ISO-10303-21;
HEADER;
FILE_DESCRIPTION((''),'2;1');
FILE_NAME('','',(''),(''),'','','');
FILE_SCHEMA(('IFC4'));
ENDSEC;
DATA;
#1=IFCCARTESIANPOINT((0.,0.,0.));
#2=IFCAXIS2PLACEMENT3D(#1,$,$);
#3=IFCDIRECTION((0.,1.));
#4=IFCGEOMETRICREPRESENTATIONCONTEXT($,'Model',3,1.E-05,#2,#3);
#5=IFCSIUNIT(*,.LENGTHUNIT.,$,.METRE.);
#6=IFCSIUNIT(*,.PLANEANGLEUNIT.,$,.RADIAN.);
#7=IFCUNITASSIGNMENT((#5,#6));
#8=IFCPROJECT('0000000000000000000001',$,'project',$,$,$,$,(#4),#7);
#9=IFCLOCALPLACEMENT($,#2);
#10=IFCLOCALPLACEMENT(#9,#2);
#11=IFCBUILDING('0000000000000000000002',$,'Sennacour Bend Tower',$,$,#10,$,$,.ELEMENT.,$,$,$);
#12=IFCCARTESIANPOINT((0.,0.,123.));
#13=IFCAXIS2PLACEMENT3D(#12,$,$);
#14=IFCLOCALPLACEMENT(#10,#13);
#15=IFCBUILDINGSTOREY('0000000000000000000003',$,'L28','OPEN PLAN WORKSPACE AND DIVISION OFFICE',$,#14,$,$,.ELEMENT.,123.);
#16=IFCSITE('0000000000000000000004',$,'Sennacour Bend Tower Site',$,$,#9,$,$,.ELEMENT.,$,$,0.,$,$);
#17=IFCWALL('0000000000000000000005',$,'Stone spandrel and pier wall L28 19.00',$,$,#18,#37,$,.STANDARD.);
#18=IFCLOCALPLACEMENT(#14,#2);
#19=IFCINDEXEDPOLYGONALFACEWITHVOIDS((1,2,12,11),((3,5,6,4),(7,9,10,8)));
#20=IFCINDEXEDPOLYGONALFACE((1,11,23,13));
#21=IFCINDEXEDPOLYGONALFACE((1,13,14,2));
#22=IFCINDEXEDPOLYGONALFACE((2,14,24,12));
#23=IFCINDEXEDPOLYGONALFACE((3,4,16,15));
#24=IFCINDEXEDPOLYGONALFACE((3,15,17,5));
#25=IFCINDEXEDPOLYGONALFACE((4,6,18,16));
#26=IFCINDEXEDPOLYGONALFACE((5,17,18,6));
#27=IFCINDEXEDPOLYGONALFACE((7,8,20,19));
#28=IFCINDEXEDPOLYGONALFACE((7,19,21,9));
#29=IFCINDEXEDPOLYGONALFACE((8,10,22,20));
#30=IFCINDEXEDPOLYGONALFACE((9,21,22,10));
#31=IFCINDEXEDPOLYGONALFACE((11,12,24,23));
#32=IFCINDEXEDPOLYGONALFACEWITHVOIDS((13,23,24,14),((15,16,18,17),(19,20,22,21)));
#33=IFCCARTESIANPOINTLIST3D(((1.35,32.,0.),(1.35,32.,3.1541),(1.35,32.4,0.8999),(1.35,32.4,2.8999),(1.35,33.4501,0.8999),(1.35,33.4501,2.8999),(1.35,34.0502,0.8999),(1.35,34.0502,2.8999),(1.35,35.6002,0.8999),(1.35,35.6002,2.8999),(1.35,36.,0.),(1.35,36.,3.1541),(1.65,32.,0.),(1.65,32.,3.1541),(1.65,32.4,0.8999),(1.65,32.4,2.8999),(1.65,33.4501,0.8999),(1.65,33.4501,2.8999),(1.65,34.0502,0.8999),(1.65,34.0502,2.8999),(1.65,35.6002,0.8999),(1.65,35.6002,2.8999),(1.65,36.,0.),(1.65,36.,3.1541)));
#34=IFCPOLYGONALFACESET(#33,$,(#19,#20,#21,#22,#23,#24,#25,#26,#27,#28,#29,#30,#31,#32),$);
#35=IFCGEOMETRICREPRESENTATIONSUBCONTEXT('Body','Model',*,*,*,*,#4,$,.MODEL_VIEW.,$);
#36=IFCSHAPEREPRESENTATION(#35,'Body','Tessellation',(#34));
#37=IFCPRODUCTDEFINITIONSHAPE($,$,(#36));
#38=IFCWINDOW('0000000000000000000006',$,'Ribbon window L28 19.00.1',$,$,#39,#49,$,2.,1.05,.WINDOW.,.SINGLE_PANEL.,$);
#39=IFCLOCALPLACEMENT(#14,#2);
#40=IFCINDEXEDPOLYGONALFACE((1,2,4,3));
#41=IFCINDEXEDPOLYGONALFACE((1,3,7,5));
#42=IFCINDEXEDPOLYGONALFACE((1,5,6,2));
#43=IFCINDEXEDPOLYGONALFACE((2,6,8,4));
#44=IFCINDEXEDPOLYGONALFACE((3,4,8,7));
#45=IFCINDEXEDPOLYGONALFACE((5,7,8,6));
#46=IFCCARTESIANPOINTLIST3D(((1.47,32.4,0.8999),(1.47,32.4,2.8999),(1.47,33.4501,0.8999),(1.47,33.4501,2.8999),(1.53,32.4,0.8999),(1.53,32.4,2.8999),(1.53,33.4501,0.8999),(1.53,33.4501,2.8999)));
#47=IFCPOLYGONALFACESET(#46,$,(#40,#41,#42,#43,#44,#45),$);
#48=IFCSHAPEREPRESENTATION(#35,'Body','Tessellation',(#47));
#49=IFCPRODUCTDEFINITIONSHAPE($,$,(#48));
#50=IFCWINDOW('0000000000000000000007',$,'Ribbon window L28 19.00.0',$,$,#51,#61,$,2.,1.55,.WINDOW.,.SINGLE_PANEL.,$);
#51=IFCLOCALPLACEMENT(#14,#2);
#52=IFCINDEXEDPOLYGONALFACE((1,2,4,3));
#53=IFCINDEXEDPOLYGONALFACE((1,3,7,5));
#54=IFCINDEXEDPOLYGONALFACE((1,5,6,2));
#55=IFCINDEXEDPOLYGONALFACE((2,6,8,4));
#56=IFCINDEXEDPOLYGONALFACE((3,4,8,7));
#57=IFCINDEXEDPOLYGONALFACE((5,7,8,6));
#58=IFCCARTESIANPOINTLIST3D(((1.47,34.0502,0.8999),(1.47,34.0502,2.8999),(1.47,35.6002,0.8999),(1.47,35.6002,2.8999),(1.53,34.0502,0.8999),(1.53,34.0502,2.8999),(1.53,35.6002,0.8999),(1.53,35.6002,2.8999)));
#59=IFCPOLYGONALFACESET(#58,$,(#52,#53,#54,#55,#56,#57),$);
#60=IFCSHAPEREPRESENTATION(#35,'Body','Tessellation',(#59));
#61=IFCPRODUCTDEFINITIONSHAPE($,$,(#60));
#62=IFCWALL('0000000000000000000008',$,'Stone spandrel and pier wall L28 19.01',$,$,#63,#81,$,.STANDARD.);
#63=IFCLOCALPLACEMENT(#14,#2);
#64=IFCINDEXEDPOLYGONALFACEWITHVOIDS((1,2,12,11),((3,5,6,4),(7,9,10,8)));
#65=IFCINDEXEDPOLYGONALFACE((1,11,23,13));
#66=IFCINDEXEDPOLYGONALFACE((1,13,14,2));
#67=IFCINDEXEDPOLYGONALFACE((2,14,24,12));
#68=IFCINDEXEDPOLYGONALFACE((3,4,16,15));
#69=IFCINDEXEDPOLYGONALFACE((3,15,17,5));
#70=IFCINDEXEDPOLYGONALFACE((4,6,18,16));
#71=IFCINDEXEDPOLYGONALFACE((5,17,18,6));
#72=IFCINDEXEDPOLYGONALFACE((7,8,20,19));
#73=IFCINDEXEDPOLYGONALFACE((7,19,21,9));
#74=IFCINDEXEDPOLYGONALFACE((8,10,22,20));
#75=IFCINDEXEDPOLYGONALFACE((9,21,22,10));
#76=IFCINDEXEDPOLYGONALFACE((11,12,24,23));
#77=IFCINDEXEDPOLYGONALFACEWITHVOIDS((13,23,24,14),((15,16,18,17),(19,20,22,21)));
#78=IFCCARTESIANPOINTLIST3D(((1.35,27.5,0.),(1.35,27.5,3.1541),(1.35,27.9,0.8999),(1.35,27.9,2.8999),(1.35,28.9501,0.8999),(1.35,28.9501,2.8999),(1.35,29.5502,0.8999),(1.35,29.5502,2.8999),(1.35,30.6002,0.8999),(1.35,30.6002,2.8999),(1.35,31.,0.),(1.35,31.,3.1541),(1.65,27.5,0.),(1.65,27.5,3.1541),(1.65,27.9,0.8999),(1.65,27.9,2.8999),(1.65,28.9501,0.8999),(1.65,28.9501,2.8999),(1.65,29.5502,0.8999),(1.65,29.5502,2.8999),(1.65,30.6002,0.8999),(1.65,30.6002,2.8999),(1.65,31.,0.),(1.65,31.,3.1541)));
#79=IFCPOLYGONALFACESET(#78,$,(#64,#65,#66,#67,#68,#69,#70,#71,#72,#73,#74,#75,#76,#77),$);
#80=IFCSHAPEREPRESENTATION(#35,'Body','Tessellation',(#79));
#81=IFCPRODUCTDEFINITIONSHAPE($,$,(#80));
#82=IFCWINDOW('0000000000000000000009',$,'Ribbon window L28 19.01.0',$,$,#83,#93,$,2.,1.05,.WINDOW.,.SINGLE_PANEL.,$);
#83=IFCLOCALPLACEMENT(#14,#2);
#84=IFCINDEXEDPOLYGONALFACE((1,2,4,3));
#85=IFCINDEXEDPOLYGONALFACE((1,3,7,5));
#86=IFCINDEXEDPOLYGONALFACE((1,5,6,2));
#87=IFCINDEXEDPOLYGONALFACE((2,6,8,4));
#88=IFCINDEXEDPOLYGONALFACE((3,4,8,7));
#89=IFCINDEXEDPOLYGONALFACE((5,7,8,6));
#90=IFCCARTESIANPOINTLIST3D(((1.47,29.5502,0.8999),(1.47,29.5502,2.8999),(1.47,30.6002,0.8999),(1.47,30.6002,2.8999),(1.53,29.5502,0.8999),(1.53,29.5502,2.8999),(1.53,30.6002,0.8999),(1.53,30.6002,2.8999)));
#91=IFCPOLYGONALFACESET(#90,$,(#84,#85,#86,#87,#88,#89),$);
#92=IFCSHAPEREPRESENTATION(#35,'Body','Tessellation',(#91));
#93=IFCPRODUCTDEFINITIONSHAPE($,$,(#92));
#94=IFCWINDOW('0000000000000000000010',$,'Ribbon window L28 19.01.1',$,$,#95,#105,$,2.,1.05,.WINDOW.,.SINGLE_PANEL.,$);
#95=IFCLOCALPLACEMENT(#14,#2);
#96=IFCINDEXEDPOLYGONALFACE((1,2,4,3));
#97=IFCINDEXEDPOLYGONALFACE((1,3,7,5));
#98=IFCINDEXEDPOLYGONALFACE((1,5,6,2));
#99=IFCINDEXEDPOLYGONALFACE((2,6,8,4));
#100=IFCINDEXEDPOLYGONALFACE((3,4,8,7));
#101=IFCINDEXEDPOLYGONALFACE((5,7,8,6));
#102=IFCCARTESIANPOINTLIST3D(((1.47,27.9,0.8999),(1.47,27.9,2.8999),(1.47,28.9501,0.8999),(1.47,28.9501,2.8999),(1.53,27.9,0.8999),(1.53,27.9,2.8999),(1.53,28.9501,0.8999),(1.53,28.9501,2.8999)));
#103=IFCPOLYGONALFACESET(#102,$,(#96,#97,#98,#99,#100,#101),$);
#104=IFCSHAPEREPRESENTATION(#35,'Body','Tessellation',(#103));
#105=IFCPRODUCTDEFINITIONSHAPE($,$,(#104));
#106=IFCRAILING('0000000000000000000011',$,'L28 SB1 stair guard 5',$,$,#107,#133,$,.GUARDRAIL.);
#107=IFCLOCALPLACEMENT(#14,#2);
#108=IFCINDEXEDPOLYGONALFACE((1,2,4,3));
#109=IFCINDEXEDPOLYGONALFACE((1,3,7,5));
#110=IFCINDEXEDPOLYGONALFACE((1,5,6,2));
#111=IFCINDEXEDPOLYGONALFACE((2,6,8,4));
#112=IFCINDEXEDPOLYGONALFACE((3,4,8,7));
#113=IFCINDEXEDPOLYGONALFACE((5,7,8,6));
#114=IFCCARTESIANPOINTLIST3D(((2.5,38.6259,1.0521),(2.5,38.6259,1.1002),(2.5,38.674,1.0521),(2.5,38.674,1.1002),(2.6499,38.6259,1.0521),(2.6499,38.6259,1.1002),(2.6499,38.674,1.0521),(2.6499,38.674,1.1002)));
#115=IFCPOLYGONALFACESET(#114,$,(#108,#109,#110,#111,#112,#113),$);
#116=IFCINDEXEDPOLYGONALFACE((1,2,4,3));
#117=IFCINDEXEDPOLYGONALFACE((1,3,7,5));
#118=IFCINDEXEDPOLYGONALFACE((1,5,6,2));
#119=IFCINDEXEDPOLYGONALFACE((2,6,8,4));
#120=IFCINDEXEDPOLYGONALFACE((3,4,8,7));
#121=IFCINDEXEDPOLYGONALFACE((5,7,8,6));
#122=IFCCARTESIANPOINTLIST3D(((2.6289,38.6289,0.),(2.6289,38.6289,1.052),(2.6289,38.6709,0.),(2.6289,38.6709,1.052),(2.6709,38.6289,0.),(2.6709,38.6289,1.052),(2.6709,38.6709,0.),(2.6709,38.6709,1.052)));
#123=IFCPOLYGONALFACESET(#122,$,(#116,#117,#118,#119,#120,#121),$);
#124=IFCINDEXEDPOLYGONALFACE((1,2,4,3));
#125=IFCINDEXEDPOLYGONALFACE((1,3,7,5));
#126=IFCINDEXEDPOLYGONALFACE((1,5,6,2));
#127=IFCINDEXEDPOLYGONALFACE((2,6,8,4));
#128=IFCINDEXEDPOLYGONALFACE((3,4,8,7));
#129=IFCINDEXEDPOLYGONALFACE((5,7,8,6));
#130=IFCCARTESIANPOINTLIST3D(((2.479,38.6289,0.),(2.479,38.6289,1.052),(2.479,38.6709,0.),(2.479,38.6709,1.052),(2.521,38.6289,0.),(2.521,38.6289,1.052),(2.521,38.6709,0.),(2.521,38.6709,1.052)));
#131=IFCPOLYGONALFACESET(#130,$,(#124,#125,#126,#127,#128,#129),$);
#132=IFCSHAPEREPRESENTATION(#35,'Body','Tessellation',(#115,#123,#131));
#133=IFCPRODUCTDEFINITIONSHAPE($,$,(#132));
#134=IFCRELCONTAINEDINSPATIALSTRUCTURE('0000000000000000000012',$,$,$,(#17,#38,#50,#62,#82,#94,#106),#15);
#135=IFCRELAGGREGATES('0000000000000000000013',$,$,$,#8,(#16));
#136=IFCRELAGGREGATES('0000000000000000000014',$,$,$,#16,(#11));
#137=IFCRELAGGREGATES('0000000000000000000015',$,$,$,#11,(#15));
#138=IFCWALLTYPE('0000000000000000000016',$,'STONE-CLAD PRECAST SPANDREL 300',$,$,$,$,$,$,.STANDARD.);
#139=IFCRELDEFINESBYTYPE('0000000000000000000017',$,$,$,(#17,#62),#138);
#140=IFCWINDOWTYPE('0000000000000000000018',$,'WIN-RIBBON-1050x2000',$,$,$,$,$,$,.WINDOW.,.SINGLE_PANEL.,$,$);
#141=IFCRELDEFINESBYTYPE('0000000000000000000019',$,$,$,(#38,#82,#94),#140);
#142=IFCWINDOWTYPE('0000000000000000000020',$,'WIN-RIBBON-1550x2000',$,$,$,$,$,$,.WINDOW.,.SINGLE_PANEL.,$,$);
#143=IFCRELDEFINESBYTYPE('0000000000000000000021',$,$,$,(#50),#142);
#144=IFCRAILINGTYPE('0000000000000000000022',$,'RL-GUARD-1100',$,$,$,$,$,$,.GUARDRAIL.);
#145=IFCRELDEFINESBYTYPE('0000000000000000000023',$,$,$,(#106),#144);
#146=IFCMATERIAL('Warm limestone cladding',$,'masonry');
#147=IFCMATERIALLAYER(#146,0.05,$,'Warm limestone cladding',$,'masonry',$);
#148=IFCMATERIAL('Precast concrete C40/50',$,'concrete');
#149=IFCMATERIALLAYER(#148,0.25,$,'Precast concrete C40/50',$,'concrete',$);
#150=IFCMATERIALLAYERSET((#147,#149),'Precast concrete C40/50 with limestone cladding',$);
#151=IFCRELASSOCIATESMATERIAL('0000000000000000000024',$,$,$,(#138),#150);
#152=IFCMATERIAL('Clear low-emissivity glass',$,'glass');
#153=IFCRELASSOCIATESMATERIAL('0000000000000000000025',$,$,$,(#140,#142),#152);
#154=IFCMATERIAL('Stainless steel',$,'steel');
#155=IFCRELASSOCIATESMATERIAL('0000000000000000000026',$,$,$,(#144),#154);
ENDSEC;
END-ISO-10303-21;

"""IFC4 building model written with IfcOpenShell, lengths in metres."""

from ifc_helpers import new_model, si_unit, direction, frame, frame_2d, origin, origin_2d, place, context, subcontext, project, spatial, rectangle, extrude, material, layer, layer_set, type_object, element, fill, save


model = new_model("IFC4")

# Units and contexts
model_context = context("Model", 3, precision=1e-05, world=origin(), true_north=direction((0.0, 1.0)))
body_context = subcontext(model_context, "Body", "Model", "MODEL_VIEW")
ifc_project = project(units=[si_unit("LENGTHUNIT", "METRE"), si_unit("PLANEANGLEUNIT", "RADIAN")], contexts=[model_context])

# Site, building, storey
site_placement = place(None, origin())
site = spatial("IfcSite", under=ifc_project, at=site_placement, Name="Sennacour Bend Tower Site", CompositionType="ELEMENT", RefElevation=0.0)
building_placement = place(site_placement, origin())
building = spatial("IfcBuilding", under=site, at=building_placement, Name="Sennacour Bend Tower", CompositionType="ELEMENT")
storey_placement = place(building_placement, frame((0.0, 0.0, 123.0)))
storey = spatial("IfcBuildingStorey", under=building, at=storey_placement, Name="L28", Description="OPEN PLAN WORKSPACE AND DIVISION OFFICE", CompositionType="ELEMENT", Elevation=123.0)

# Walls, openings, windows
ifc_material_1 = material(Name="Warm limestone cladding", Category="masonry")
ifc_layer_1 = layer(ifc_material_1, 0.05, Name="Warm limestone cladding", Category="masonry")
ifc_material_2 = material(Name="Precast concrete C40/50", Category="concrete")
ifc_layer_2 = layer(ifc_material_2, 0.25, Name="Precast concrete C40/50", Category="concrete")
ifc_layer_set_1 = layer_set([ifc_layer_1, ifc_layer_2], Name="Precast concrete C40/50 with limestone cladding")
wall_type_1 = type_object("IfcWallType", Name="STONE-CLAD PRECAST SPANDREL 300", PredefinedType="STANDARD", material=ifc_layer_set_1)
wall_1_placement = place(storey_placement, frame((1.5, 36.0, 0.0), z_axis=(0.0, 0.0, 1.0), x_axis=(0.0, -1.0, 0.0)))
wall_1 = element("IfcWall", 1, at=wall_1_placement, inside=storey, type_object=wall_type_1, Name="Stone spandrel and pier wall L28 19.00", PredefinedType="STANDARD", context=body_context, shape_type="SweptSolid", body=[
    extrude(rectangle(XDim=4.0, YDim=0.3, at=frame_2d((2.0, 0.0))), origin(), (0.0, 0.0, 1.0), 3.1541),
])
opening_1_placement = place(wall_1_placement, frame((0.3999, 0.0, 0.8999)))
opening_1 = element("IfcOpeningElement", 2, at=opening_1_placement, cuts=wall_1, PredefinedType="OPENING", context=body_context, shape_type="SweptSolid", body=[
    extrude(rectangle(XDim=1.55, YDim=2.0, at=frame_2d((0.7749, 1.0))), frame((0.0, 0.1602, 0.0), z_axis=(0.0, -1.0, 0.0), x_axis=(1.0, 0.0, 0.0)), (0.0, 0.0, 1.0), 0.3201),
])
opening_2_placement = place(wall_1_placement, frame((2.55, 0.0, 0.8999)))
opening_2 = element("IfcOpeningElement", 3, at=opening_2_placement, cuts=wall_1, PredefinedType="OPENING", context=body_context, shape_type="SweptSolid", body=[
    extrude(rectangle(XDim=1.05, YDim=2.0, at=frame_2d((0.5249, 1.0))), frame((0.0, 0.1602, 0.0), z_axis=(0.0, -1.0, 0.0), x_axis=(1.0, 0.0, 0.0)), (0.0, 0.0, 1.0), 0.3201),
])
ifc_material_3 = material(Name="Clear low-emissivity glass", Category="glass")
window_type_1 = type_object("IfcWindowType", Name="WIN-RIBBON-1050x2000", PartitioningType="SINGLE_PANEL", PredefinedType="WINDOW", material=ifc_material_3)
window_1_placement = place(opening_2_placement, origin())
window_1 = element("IfcWindow", 4, at=window_1_placement, inside=storey, type_object=window_type_1, Name="Ribbon window L28 19.00.1", OverallHeight=2.0, OverallWidth=1.05, PartitioningType="SINGLE_PANEL", PredefinedType="WINDOW", context=body_context, shape_type="SweptSolid", body=[
    extrude(rectangle(XDim=1.05, YDim=2.0, at=frame_2d((0.5249, 1.0))), frame((0.0, 0.03, 0.0), z_axis=(0.0, -1.0, 0.0), x_axis=(1.0, 0.0, 0.0)), (0.0, 0.0, 1.0), 0.0601),
])
fill(opening_2, window_1)
window_type_2 = type_object("IfcWindowType", Name="WIN-RIBBON-1550x2000", PartitioningType="SINGLE_PANEL", PredefinedType="WINDOW", material=ifc_material_3)
window_2_placement = place(opening_1_placement, origin())
window_2 = element("IfcWindow", 5, at=window_2_placement, inside=storey, type_object=window_type_2, Name="Ribbon window L28 19.00.0", OverallHeight=2.0, OverallWidth=1.55, PartitioningType="SINGLE_PANEL", PredefinedType="WINDOW", context=body_context, shape_type="SweptSolid", body=[
    extrude(rectangle(XDim=1.55, YDim=2.0, at=frame_2d((0.7749, 1.0))), frame((0.0, 0.03, 0.0), z_axis=(0.0, -1.0, 0.0), x_axis=(1.0, 0.0, 0.0)), (0.0, 0.0, 1.0), 0.0601),
])
fill(opening_1, window_2)
wall_2_placement = place(storey_placement, frame((1.5, 31.0, 0.0), z_axis=(0.0, 0.0, 1.0), x_axis=(0.0, -1.0, 0.0)))
wall_2 = element("IfcWall", 6, at=wall_2_placement, inside=storey, type_object=wall_type_1, Name="Stone spandrel and pier wall L28 19.01", PredefinedType="STANDARD", context=body_context, shape_type="SweptSolid", body=[
    extrude(rectangle(XDim=3.5, YDim=0.3, at=frame_2d((1.75, 0.0))), origin(), (0.0, 0.0, 1.0), 3.1541),
])
opening_3_placement = place(wall_2_placement, frame((0.3999, 0.0, 0.8999)))
opening_3 = element("IfcOpeningElement", 7, at=opening_3_placement, cuts=wall_2, PredefinedType="OPENING", context=body_context, shape_type="SweptSolid", body=[
    extrude(rectangle(XDim=1.05, YDim=2.0, at=frame_2d((0.5249, 1.0))), frame((0.0, 0.1602, 0.0), z_axis=(0.0, -1.0, 0.0), x_axis=(1.0, 0.0, 0.0)), (0.0, 0.0, 1.0), 0.3201),
])
opening_4_placement = place(wall_2_placement, frame((2.05, 0.0, 0.8999)))
opening_4 = element("IfcOpeningElement", 8, at=opening_4_placement, cuts=wall_2, PredefinedType="OPENING", context=body_context, shape_type="SweptSolid", body=[
    extrude(rectangle(XDim=1.05, YDim=2.0, at=frame_2d((0.5249, 1.0))), frame((0.0, 0.1602, 0.0), z_axis=(0.0, -1.0, 0.0), x_axis=(1.0, 0.0, 0.0)), (0.0, 0.0, 1.0), 0.3201),
])
window_3_placement = place(opening_3_placement, origin())
window_3 = element("IfcWindow", 9, at=window_3_placement, inside=storey, type_object=window_type_1, Name="Ribbon window L28 19.01.0", OverallHeight=2.0, OverallWidth=1.05, PartitioningType="SINGLE_PANEL", PredefinedType="WINDOW", context=body_context, shape_type="SweptSolid", body=[
    extrude(rectangle(XDim=1.05, YDim=2.0, at=frame_2d((0.5249, 1.0))), frame((0.0, 0.03, 0.0), z_axis=(0.0, -1.0, 0.0), x_axis=(1.0, 0.0, 0.0)), (0.0, 0.0, 1.0), 0.0601),
])
fill(opening_3, window_3)
window_4_placement = place(opening_4_placement, origin())
window_4 = element("IfcWindow", 10, at=window_4_placement, inside=storey, type_object=window_type_1, Name="Ribbon window L28 19.01.1", OverallHeight=2.0, OverallWidth=1.05, PartitioningType="SINGLE_PANEL", PredefinedType="WINDOW", context=body_context, shape_type="SweptSolid", body=[
    extrude(rectangle(XDim=1.05, YDim=2.0, at=frame_2d((0.5249, 1.0))), frame((0.0, 0.03, 0.0), z_axis=(0.0, -1.0, 0.0), x_axis=(1.0, 0.0, 0.0)), (0.0, 0.0, 1.0), 0.0601),
])
fill(opening_4, window_4)

# Railing
ifc_material_4 = material(Name="Stainless steel", Category="steel")
railing_type = type_object("IfcRailingType", Name="RL-GUARD-1100", PredefinedType="GUARDRAIL", material=ifc_material_4)
railing_placement = place(storey_placement, frame((2.6499, 38.6499, 0.0)))
element("IfcRailing", 11, at=railing_placement, inside=storey, type_object=railing_type, Name="L28 SB1 stair guard 5", PredefinedType="GUARDRAIL", context=body_context, shape_type="SweptSolid", body=[
    extrude(rectangle(XDim=0.0481, YDim=0.0481, at=origin_2d()), frame((0.0, 0.0, 1.0762), z_axis=(-1.0, 0.0, 0.0), x_axis=(0.0, -1.0, 0.0)), (0.0, 0.0, 1.0), 0.1499),
    extrude(rectangle(XDim=0.042, YDim=0.042, at=origin_2d()), origin(), (0.0, 0.0, 1.0), 1.052),
    extrude(rectangle(XDim=0.042, YDim=0.042, at=origin_2d()), frame((-0.1499, 0.0, 0.0)), (0.0, 0.0, 1.0), 1.052),
])

save(model, "model.ifc")
